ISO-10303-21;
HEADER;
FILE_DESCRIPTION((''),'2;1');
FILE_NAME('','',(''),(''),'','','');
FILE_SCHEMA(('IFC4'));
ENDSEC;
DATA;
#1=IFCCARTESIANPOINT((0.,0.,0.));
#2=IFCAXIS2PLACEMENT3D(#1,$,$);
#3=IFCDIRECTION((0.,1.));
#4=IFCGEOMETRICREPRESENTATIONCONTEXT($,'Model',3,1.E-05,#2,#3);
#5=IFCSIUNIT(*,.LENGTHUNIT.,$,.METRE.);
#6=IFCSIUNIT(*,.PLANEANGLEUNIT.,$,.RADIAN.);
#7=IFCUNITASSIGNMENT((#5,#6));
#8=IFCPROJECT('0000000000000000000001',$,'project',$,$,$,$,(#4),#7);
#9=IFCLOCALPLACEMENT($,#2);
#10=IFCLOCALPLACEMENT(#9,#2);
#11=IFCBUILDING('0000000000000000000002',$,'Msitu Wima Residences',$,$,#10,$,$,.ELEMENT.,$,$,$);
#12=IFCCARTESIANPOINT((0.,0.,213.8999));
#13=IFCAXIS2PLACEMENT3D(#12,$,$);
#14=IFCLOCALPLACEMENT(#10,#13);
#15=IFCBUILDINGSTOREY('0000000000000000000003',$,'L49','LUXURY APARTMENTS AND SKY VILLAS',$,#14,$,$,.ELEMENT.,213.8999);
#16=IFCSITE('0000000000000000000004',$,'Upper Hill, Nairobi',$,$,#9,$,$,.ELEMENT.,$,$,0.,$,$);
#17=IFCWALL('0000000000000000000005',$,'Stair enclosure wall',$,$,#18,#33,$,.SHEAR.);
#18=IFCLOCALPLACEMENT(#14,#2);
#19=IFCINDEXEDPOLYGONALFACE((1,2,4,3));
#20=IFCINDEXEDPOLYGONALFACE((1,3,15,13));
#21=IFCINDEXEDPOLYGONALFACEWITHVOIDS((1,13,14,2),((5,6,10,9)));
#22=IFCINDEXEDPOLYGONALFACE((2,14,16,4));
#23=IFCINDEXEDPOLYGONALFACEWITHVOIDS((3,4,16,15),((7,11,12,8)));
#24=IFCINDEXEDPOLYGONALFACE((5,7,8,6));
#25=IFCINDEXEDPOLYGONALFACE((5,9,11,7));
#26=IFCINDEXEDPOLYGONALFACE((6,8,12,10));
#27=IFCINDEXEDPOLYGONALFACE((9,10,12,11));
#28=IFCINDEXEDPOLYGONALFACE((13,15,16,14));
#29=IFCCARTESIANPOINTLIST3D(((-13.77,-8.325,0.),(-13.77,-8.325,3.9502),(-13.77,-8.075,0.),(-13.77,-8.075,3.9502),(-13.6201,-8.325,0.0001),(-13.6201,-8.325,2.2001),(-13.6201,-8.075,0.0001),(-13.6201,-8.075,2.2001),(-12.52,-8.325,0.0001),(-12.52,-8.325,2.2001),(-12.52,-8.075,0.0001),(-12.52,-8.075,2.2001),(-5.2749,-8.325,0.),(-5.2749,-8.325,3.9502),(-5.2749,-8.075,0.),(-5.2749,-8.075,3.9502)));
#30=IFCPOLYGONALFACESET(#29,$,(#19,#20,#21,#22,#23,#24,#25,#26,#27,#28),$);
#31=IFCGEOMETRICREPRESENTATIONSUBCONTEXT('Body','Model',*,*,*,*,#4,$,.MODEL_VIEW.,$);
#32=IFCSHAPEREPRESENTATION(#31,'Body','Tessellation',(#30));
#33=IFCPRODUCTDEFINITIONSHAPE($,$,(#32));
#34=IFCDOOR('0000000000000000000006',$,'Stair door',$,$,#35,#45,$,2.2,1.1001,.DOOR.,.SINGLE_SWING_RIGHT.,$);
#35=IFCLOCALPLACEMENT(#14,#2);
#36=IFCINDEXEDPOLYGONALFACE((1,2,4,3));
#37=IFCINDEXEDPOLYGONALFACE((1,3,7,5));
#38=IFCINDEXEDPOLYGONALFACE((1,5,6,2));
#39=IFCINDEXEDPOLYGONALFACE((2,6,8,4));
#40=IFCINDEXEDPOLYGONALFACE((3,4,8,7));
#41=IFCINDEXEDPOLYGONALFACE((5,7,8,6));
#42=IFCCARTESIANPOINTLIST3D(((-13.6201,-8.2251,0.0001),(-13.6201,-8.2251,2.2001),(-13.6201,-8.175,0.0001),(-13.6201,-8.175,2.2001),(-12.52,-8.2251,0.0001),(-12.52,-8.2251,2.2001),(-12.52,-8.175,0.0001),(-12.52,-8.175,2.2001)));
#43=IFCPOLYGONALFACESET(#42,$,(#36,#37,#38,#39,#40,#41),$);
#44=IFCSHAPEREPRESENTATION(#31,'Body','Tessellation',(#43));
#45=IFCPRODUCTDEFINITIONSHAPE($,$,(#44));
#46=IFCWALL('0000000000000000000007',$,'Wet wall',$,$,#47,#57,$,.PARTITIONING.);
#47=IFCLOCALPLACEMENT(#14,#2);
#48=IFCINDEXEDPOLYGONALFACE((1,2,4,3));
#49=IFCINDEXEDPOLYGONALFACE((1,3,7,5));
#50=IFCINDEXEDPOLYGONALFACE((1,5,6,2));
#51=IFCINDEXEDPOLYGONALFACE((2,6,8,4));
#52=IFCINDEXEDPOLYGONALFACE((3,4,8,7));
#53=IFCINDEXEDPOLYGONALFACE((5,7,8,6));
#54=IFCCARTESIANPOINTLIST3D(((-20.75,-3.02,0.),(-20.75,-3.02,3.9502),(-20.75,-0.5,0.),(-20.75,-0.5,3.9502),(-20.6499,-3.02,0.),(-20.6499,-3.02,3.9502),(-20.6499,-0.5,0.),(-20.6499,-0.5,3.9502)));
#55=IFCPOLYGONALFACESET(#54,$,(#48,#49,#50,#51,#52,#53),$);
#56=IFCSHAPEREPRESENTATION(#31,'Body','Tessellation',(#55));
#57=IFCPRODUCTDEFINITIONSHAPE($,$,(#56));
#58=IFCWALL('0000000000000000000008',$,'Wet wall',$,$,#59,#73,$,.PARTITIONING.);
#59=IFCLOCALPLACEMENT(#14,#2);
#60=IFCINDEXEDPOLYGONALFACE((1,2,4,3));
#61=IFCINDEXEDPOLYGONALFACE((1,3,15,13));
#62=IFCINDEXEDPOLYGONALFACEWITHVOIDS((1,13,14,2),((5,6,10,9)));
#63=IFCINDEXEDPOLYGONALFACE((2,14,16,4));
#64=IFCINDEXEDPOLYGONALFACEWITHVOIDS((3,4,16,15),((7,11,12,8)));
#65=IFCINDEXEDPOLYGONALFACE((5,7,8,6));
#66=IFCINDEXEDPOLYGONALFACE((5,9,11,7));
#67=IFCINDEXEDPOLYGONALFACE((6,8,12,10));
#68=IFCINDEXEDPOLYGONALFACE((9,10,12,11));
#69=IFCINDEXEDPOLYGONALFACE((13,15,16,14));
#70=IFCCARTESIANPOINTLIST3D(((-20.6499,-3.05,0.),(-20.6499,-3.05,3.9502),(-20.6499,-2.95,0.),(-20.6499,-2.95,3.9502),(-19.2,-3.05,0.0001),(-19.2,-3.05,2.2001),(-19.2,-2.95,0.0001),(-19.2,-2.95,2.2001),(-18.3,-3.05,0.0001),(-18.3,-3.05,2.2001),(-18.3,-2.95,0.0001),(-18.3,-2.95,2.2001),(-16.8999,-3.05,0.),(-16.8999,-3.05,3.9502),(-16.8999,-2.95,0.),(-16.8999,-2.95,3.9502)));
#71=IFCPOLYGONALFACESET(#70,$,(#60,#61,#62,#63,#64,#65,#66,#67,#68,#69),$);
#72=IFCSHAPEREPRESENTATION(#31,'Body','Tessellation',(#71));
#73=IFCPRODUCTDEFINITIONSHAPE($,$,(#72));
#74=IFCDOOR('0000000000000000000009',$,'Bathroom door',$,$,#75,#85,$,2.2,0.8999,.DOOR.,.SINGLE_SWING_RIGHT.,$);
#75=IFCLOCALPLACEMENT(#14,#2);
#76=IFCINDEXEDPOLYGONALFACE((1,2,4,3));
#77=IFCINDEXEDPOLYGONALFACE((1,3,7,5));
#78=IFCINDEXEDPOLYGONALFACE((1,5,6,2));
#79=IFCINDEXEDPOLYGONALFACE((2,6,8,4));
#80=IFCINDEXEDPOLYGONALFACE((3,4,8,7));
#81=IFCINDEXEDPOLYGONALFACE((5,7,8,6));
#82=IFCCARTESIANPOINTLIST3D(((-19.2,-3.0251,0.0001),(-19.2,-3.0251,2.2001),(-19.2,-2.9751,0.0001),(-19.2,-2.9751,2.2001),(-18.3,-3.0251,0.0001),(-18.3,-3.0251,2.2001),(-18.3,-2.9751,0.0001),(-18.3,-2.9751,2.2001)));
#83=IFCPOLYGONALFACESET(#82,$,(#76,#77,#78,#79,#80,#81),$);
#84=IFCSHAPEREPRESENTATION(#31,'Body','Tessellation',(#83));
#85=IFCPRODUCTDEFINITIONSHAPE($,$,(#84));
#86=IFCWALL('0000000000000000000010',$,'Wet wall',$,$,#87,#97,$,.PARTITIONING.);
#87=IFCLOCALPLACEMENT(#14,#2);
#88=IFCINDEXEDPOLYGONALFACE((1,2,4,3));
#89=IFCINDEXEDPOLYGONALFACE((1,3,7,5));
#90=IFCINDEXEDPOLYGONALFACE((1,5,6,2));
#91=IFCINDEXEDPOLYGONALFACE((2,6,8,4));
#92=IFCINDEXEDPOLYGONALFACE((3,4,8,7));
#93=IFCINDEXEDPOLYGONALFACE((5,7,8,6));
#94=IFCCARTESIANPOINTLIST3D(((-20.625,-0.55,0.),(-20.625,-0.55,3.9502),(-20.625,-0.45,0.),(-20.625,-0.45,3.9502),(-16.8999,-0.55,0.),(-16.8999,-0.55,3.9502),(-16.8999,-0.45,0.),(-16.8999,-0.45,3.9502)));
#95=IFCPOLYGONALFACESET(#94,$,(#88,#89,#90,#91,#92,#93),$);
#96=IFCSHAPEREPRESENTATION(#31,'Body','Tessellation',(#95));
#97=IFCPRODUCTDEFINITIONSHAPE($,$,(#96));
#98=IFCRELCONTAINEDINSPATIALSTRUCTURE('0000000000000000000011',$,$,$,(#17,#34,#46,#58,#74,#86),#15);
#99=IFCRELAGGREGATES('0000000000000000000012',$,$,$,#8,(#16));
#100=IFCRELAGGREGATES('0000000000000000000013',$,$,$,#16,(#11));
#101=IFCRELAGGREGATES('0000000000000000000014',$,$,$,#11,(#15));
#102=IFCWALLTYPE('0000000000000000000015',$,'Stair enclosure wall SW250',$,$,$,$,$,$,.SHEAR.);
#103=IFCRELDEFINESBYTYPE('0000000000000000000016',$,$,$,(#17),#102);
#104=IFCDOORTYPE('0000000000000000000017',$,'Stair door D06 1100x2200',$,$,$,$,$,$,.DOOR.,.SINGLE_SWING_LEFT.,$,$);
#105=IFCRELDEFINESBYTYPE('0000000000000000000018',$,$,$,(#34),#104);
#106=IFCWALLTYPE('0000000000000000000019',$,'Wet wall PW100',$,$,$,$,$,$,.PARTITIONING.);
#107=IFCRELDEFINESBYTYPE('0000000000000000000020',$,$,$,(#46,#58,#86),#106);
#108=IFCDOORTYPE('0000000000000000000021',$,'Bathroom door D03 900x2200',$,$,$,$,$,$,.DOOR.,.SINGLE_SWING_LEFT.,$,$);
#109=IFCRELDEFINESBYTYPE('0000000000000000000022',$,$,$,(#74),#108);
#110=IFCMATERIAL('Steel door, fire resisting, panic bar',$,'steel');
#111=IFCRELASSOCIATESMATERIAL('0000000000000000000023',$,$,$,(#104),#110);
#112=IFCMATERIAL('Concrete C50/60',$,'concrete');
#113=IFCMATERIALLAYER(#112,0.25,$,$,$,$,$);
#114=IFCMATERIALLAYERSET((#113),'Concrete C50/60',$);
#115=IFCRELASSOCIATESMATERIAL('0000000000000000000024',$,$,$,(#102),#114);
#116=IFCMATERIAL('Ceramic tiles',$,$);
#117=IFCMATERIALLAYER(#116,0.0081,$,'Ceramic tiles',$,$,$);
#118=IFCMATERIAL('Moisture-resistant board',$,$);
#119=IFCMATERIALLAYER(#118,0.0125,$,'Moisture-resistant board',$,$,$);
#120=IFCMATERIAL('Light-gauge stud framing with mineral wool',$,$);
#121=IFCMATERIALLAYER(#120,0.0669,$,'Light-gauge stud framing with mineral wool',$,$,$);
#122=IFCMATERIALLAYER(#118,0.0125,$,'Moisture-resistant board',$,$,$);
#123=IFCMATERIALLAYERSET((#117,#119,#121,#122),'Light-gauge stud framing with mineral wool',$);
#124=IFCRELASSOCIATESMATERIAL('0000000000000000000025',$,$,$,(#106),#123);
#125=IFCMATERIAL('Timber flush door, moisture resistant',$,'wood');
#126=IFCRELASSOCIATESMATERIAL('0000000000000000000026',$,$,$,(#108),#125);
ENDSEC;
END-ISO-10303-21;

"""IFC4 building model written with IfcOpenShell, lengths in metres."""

from ifc_helpers import new_model, si_unit, direction, frame, frame_2d, origin, place, context, subcontext, project, spatial, rectangle, extrude, material, layer, layer_set, type_object, element, fill, save


model = new_model("IFC4")

# Units and contexts
model_context = context("Model", 3, precision=1e-05, world=origin(), true_north=direction((0.0, 1.0)))
body_context = subcontext(model_context, "Body", "Model", "MODEL_VIEW")
ifc_project = project(units=[si_unit("LENGTHUNIT", "METRE"), si_unit("PLANEANGLEUNIT", "RADIAN")], contexts=[model_context])

# Site, building, storey
site_placement = place(None, origin())
site = spatial("IfcSite", under=ifc_project, at=site_placement, Name="Upper Hill, Nairobi", CompositionType="ELEMENT", RefElevation=0.0)
building_placement = place(site_placement, origin())
building = spatial("IfcBuilding", under=site, at=building_placement, Name="Msitu Wima Residences", CompositionType="ELEMENT")
storey_placement = place(building_placement, frame((0.0, 0.0, 213.8999)))
storey = spatial("IfcBuildingStorey", under=building, at=storey_placement, Name="L49", Description="LUXURY APARTMENTS AND SKY VILLAS", CompositionType="ELEMENT", Elevation=213.8999)

# Shared definitions
ifc_material_1 = material(Name="Concrete C50/60", Category="concrete")

# Shared definitions
ifc_material_2 = material(Name="Steel door, fire resisting, panic bar", Category="steel")
door_type_1 = type_object("IfcDoorType", Name="Stair door D06 1100x2200", OperationType="SINGLE_SWING_LEFT", PredefinedType="DOOR", material=ifc_material_2)

# Wall, opening, door
ifc_layer_1 = layer(ifc_material_1, 0.25)
ifc_layer_set_1 = layer_set([ifc_layer_1], Name="Concrete C50/60")
wall_type_1 = type_object("IfcWallType", Name="Stair enclosure wall SW250", PredefinedType="SHEAR", material=ifc_layer_set_1)
wall_1_placement = place(storey_placement, frame((-13.77, -8.2, 0.0), z_axis=(0.0, 0.0, 1.0), x_axis=(1.0, 0.0, 0.0)))
wall_1 = element("IfcWall", 1, at=wall_1_placement, inside=storey, type_object=wall_type_1, Name="Stair enclosure wall", PredefinedType="SHEAR", context=body_context, shape_type="SweptSolid", body=[
    extrude(rectangle(XDim=8.4951, YDim=0.25, at=frame_2d((4.2476, 0.0))), origin(), (0.0, 0.0, 1.0), 3.9502),
])
opening_1_placement = place(wall_1_placement, frame((0.1499, 0.0, 0.0)))
opening_1 = element("IfcOpeningElement", 2, at=opening_1_placement, cuts=wall_1, PredefinedType="OPENING", context=body_context, shape_type="SweptSolid", body=[
    extrude(rectangle(XDim=1.1001, YDim=2.2, at=frame_2d((0.55, 1.1001))), frame((0.0, 0.135, 0.0), z_axis=(0.0, -1.0, 0.0), x_axis=(1.0, 0.0, 0.0)), (0.0, 0.0, 1.0), 0.27),
])
door_1_placement = place(opening_1_placement, origin())
door_1 = element("IfcDoor", 3, at=door_1_placement, inside=storey, type_object=door_type_1, Name="Stair door", OperationType="SINGLE_SWING_RIGHT", OverallHeight=2.2, OverallWidth=1.1001, PredefinedType="DOOR", context=body_context, shape_type="SweptSolid", body=[
    extrude(rectangle(XDim=1.1001, YDim=2.2, at=frame_2d((0.55, 1.1001))), frame((0.0, 0.0249, 0.0), z_axis=(0.0, -1.0, 0.0), x_axis=(1.0, 0.0, 0.0)), (0.0, 0.0, 1.0), 0.05),
])
fill(opening_1, door_1)

# Wall
ifc_material_3 = material(Name="Ceramic tiles")
ifc_layer_2 = layer(ifc_material_3, 0.0081, Name="Ceramic tiles")
ifc_material_4 = material(Name="Moisture-resistant board")
ifc_layer_3 = layer(ifc_material_4, 0.0125, Name="Moisture-resistant board")
ifc_material_5 = material(Name="Light-gauge stud framing with mineral wool")
ifc_layer_4 = layer(ifc_material_5, 0.0669, Name="Light-gauge stud framing with mineral wool")
ifc_layer_5 = layer(ifc_material_4, 0.0125, Name="Moisture-resistant board")
ifc_layer_set_2 = layer_set([ifc_layer_2, ifc_layer_3, ifc_layer_4, ifc_layer_5], Name="Light-gauge stud framing with mineral wool")
wall_type_2 = type_object("IfcWallType", Name="Wet wall PW100", PredefinedType="PARTITIONING", material=ifc_layer_set_2)
wall_2_placement = place(storey_placement, frame((-20.7, -3.02, 0.0), z_axis=(0.0, 0.0, 1.0), x_axis=(0.0, 1.0, 0.0)))
element("IfcWall", 4, at=wall_2_placement, inside=storey, type_object=wall_type_2, Name="Wet wall", PredefinedType="PARTITIONING", context=body_context, shape_type="SweptSolid", body=[
    extrude(rectangle(XDim=2.52, YDim=0.1001, at=frame_2d((1.26, 0.0))), origin(), (0.0, 0.0, 1.0), 3.9502),
])

# Wall, opening, door
wall_3_placement = place(storey_placement, frame((-20.6499, -3.0, 0.0), z_axis=(0.0, 0.0, 1.0), x_axis=(1.0, 0.0, 0.0)))
wall_3 = element("IfcWall", 5, at=wall_3_placement, inside=storey, type_object=wall_type_2, Name="Wet wall", PredefinedType="PARTITIONING", context=body_context, shape_type="SweptSolid", body=[
    extrude(rectangle(XDim=3.75, YDim=0.1001, at=frame_2d((1.875, 0.0))), origin(), (0.0, 0.0, 1.0), 3.9502),
])
opening_2_placement = place(wall_3_placement, frame((1.45, 0.0, 0.0)))
opening_2 = element("IfcOpeningElement", 6, at=opening_2_placement, cuts=wall_3, PredefinedType="OPENING", context=body_context, shape_type="SweptSolid", body=[
    extrude(rectangle(XDim=0.8999, YDim=2.2, at=frame_2d((0.45, 1.1001))), frame((0.0, 0.0601, 0.0), z_axis=(0.0, -1.0, 0.0), x_axis=(1.0, 0.0, 0.0)), (0.0, 0.0, 1.0), 0.1201),
])
ifc_material_6 = material(Name="Timber flush door, moisture resistant", Category="wood")
door_type_2 = type_object("IfcDoorType", Name="Bathroom door D03 900x2200", OperationType="SINGLE_SWING_LEFT", PredefinedType="DOOR", material=ifc_material_6)
door_2_placement = place(opening_2_placement, origin())
door_2 = element("IfcDoor", 7, at=door_2_placement, inside=storey, type_object=door_type_2, Name="Bathroom door", OperationType="SINGLE_SWING_RIGHT", OverallHeight=2.2, OverallWidth=0.8999, PredefinedType="DOOR", context=body_context, shape_type="SweptSolid", body=[
    extrude(rectangle(XDim=0.8999, YDim=2.2, at=frame_2d((0.45, 1.1001))), frame((0.0, 0.0249, 0.0), z_axis=(0.0, -1.0, 0.0), x_axis=(1.0, 0.0, 0.0)), (0.0, 0.0, 1.0), 0.05),
])
fill(opening_2, door_2)

# Wall
wall_4_placement = place(storey_placement, frame((-20.625, -0.5, 0.0), z_axis=(0.0, 0.0, 1.0), x_axis=(1.0, 0.0, 0.0)))
element("IfcWall", 8, at=wall_4_placement, inside=storey, type_object=wall_type_2, Name="Wet wall", PredefinedType="PARTITIONING", context=body_context, shape_type="SweptSolid", body=[
    extrude(rectangle(XDim=3.7251, YDim=0.1001, at=frame_2d((1.8625, 0.0))), origin(), (0.0, 0.0, 1.0), 3.9502),
])

save(model, "model.ifc")
